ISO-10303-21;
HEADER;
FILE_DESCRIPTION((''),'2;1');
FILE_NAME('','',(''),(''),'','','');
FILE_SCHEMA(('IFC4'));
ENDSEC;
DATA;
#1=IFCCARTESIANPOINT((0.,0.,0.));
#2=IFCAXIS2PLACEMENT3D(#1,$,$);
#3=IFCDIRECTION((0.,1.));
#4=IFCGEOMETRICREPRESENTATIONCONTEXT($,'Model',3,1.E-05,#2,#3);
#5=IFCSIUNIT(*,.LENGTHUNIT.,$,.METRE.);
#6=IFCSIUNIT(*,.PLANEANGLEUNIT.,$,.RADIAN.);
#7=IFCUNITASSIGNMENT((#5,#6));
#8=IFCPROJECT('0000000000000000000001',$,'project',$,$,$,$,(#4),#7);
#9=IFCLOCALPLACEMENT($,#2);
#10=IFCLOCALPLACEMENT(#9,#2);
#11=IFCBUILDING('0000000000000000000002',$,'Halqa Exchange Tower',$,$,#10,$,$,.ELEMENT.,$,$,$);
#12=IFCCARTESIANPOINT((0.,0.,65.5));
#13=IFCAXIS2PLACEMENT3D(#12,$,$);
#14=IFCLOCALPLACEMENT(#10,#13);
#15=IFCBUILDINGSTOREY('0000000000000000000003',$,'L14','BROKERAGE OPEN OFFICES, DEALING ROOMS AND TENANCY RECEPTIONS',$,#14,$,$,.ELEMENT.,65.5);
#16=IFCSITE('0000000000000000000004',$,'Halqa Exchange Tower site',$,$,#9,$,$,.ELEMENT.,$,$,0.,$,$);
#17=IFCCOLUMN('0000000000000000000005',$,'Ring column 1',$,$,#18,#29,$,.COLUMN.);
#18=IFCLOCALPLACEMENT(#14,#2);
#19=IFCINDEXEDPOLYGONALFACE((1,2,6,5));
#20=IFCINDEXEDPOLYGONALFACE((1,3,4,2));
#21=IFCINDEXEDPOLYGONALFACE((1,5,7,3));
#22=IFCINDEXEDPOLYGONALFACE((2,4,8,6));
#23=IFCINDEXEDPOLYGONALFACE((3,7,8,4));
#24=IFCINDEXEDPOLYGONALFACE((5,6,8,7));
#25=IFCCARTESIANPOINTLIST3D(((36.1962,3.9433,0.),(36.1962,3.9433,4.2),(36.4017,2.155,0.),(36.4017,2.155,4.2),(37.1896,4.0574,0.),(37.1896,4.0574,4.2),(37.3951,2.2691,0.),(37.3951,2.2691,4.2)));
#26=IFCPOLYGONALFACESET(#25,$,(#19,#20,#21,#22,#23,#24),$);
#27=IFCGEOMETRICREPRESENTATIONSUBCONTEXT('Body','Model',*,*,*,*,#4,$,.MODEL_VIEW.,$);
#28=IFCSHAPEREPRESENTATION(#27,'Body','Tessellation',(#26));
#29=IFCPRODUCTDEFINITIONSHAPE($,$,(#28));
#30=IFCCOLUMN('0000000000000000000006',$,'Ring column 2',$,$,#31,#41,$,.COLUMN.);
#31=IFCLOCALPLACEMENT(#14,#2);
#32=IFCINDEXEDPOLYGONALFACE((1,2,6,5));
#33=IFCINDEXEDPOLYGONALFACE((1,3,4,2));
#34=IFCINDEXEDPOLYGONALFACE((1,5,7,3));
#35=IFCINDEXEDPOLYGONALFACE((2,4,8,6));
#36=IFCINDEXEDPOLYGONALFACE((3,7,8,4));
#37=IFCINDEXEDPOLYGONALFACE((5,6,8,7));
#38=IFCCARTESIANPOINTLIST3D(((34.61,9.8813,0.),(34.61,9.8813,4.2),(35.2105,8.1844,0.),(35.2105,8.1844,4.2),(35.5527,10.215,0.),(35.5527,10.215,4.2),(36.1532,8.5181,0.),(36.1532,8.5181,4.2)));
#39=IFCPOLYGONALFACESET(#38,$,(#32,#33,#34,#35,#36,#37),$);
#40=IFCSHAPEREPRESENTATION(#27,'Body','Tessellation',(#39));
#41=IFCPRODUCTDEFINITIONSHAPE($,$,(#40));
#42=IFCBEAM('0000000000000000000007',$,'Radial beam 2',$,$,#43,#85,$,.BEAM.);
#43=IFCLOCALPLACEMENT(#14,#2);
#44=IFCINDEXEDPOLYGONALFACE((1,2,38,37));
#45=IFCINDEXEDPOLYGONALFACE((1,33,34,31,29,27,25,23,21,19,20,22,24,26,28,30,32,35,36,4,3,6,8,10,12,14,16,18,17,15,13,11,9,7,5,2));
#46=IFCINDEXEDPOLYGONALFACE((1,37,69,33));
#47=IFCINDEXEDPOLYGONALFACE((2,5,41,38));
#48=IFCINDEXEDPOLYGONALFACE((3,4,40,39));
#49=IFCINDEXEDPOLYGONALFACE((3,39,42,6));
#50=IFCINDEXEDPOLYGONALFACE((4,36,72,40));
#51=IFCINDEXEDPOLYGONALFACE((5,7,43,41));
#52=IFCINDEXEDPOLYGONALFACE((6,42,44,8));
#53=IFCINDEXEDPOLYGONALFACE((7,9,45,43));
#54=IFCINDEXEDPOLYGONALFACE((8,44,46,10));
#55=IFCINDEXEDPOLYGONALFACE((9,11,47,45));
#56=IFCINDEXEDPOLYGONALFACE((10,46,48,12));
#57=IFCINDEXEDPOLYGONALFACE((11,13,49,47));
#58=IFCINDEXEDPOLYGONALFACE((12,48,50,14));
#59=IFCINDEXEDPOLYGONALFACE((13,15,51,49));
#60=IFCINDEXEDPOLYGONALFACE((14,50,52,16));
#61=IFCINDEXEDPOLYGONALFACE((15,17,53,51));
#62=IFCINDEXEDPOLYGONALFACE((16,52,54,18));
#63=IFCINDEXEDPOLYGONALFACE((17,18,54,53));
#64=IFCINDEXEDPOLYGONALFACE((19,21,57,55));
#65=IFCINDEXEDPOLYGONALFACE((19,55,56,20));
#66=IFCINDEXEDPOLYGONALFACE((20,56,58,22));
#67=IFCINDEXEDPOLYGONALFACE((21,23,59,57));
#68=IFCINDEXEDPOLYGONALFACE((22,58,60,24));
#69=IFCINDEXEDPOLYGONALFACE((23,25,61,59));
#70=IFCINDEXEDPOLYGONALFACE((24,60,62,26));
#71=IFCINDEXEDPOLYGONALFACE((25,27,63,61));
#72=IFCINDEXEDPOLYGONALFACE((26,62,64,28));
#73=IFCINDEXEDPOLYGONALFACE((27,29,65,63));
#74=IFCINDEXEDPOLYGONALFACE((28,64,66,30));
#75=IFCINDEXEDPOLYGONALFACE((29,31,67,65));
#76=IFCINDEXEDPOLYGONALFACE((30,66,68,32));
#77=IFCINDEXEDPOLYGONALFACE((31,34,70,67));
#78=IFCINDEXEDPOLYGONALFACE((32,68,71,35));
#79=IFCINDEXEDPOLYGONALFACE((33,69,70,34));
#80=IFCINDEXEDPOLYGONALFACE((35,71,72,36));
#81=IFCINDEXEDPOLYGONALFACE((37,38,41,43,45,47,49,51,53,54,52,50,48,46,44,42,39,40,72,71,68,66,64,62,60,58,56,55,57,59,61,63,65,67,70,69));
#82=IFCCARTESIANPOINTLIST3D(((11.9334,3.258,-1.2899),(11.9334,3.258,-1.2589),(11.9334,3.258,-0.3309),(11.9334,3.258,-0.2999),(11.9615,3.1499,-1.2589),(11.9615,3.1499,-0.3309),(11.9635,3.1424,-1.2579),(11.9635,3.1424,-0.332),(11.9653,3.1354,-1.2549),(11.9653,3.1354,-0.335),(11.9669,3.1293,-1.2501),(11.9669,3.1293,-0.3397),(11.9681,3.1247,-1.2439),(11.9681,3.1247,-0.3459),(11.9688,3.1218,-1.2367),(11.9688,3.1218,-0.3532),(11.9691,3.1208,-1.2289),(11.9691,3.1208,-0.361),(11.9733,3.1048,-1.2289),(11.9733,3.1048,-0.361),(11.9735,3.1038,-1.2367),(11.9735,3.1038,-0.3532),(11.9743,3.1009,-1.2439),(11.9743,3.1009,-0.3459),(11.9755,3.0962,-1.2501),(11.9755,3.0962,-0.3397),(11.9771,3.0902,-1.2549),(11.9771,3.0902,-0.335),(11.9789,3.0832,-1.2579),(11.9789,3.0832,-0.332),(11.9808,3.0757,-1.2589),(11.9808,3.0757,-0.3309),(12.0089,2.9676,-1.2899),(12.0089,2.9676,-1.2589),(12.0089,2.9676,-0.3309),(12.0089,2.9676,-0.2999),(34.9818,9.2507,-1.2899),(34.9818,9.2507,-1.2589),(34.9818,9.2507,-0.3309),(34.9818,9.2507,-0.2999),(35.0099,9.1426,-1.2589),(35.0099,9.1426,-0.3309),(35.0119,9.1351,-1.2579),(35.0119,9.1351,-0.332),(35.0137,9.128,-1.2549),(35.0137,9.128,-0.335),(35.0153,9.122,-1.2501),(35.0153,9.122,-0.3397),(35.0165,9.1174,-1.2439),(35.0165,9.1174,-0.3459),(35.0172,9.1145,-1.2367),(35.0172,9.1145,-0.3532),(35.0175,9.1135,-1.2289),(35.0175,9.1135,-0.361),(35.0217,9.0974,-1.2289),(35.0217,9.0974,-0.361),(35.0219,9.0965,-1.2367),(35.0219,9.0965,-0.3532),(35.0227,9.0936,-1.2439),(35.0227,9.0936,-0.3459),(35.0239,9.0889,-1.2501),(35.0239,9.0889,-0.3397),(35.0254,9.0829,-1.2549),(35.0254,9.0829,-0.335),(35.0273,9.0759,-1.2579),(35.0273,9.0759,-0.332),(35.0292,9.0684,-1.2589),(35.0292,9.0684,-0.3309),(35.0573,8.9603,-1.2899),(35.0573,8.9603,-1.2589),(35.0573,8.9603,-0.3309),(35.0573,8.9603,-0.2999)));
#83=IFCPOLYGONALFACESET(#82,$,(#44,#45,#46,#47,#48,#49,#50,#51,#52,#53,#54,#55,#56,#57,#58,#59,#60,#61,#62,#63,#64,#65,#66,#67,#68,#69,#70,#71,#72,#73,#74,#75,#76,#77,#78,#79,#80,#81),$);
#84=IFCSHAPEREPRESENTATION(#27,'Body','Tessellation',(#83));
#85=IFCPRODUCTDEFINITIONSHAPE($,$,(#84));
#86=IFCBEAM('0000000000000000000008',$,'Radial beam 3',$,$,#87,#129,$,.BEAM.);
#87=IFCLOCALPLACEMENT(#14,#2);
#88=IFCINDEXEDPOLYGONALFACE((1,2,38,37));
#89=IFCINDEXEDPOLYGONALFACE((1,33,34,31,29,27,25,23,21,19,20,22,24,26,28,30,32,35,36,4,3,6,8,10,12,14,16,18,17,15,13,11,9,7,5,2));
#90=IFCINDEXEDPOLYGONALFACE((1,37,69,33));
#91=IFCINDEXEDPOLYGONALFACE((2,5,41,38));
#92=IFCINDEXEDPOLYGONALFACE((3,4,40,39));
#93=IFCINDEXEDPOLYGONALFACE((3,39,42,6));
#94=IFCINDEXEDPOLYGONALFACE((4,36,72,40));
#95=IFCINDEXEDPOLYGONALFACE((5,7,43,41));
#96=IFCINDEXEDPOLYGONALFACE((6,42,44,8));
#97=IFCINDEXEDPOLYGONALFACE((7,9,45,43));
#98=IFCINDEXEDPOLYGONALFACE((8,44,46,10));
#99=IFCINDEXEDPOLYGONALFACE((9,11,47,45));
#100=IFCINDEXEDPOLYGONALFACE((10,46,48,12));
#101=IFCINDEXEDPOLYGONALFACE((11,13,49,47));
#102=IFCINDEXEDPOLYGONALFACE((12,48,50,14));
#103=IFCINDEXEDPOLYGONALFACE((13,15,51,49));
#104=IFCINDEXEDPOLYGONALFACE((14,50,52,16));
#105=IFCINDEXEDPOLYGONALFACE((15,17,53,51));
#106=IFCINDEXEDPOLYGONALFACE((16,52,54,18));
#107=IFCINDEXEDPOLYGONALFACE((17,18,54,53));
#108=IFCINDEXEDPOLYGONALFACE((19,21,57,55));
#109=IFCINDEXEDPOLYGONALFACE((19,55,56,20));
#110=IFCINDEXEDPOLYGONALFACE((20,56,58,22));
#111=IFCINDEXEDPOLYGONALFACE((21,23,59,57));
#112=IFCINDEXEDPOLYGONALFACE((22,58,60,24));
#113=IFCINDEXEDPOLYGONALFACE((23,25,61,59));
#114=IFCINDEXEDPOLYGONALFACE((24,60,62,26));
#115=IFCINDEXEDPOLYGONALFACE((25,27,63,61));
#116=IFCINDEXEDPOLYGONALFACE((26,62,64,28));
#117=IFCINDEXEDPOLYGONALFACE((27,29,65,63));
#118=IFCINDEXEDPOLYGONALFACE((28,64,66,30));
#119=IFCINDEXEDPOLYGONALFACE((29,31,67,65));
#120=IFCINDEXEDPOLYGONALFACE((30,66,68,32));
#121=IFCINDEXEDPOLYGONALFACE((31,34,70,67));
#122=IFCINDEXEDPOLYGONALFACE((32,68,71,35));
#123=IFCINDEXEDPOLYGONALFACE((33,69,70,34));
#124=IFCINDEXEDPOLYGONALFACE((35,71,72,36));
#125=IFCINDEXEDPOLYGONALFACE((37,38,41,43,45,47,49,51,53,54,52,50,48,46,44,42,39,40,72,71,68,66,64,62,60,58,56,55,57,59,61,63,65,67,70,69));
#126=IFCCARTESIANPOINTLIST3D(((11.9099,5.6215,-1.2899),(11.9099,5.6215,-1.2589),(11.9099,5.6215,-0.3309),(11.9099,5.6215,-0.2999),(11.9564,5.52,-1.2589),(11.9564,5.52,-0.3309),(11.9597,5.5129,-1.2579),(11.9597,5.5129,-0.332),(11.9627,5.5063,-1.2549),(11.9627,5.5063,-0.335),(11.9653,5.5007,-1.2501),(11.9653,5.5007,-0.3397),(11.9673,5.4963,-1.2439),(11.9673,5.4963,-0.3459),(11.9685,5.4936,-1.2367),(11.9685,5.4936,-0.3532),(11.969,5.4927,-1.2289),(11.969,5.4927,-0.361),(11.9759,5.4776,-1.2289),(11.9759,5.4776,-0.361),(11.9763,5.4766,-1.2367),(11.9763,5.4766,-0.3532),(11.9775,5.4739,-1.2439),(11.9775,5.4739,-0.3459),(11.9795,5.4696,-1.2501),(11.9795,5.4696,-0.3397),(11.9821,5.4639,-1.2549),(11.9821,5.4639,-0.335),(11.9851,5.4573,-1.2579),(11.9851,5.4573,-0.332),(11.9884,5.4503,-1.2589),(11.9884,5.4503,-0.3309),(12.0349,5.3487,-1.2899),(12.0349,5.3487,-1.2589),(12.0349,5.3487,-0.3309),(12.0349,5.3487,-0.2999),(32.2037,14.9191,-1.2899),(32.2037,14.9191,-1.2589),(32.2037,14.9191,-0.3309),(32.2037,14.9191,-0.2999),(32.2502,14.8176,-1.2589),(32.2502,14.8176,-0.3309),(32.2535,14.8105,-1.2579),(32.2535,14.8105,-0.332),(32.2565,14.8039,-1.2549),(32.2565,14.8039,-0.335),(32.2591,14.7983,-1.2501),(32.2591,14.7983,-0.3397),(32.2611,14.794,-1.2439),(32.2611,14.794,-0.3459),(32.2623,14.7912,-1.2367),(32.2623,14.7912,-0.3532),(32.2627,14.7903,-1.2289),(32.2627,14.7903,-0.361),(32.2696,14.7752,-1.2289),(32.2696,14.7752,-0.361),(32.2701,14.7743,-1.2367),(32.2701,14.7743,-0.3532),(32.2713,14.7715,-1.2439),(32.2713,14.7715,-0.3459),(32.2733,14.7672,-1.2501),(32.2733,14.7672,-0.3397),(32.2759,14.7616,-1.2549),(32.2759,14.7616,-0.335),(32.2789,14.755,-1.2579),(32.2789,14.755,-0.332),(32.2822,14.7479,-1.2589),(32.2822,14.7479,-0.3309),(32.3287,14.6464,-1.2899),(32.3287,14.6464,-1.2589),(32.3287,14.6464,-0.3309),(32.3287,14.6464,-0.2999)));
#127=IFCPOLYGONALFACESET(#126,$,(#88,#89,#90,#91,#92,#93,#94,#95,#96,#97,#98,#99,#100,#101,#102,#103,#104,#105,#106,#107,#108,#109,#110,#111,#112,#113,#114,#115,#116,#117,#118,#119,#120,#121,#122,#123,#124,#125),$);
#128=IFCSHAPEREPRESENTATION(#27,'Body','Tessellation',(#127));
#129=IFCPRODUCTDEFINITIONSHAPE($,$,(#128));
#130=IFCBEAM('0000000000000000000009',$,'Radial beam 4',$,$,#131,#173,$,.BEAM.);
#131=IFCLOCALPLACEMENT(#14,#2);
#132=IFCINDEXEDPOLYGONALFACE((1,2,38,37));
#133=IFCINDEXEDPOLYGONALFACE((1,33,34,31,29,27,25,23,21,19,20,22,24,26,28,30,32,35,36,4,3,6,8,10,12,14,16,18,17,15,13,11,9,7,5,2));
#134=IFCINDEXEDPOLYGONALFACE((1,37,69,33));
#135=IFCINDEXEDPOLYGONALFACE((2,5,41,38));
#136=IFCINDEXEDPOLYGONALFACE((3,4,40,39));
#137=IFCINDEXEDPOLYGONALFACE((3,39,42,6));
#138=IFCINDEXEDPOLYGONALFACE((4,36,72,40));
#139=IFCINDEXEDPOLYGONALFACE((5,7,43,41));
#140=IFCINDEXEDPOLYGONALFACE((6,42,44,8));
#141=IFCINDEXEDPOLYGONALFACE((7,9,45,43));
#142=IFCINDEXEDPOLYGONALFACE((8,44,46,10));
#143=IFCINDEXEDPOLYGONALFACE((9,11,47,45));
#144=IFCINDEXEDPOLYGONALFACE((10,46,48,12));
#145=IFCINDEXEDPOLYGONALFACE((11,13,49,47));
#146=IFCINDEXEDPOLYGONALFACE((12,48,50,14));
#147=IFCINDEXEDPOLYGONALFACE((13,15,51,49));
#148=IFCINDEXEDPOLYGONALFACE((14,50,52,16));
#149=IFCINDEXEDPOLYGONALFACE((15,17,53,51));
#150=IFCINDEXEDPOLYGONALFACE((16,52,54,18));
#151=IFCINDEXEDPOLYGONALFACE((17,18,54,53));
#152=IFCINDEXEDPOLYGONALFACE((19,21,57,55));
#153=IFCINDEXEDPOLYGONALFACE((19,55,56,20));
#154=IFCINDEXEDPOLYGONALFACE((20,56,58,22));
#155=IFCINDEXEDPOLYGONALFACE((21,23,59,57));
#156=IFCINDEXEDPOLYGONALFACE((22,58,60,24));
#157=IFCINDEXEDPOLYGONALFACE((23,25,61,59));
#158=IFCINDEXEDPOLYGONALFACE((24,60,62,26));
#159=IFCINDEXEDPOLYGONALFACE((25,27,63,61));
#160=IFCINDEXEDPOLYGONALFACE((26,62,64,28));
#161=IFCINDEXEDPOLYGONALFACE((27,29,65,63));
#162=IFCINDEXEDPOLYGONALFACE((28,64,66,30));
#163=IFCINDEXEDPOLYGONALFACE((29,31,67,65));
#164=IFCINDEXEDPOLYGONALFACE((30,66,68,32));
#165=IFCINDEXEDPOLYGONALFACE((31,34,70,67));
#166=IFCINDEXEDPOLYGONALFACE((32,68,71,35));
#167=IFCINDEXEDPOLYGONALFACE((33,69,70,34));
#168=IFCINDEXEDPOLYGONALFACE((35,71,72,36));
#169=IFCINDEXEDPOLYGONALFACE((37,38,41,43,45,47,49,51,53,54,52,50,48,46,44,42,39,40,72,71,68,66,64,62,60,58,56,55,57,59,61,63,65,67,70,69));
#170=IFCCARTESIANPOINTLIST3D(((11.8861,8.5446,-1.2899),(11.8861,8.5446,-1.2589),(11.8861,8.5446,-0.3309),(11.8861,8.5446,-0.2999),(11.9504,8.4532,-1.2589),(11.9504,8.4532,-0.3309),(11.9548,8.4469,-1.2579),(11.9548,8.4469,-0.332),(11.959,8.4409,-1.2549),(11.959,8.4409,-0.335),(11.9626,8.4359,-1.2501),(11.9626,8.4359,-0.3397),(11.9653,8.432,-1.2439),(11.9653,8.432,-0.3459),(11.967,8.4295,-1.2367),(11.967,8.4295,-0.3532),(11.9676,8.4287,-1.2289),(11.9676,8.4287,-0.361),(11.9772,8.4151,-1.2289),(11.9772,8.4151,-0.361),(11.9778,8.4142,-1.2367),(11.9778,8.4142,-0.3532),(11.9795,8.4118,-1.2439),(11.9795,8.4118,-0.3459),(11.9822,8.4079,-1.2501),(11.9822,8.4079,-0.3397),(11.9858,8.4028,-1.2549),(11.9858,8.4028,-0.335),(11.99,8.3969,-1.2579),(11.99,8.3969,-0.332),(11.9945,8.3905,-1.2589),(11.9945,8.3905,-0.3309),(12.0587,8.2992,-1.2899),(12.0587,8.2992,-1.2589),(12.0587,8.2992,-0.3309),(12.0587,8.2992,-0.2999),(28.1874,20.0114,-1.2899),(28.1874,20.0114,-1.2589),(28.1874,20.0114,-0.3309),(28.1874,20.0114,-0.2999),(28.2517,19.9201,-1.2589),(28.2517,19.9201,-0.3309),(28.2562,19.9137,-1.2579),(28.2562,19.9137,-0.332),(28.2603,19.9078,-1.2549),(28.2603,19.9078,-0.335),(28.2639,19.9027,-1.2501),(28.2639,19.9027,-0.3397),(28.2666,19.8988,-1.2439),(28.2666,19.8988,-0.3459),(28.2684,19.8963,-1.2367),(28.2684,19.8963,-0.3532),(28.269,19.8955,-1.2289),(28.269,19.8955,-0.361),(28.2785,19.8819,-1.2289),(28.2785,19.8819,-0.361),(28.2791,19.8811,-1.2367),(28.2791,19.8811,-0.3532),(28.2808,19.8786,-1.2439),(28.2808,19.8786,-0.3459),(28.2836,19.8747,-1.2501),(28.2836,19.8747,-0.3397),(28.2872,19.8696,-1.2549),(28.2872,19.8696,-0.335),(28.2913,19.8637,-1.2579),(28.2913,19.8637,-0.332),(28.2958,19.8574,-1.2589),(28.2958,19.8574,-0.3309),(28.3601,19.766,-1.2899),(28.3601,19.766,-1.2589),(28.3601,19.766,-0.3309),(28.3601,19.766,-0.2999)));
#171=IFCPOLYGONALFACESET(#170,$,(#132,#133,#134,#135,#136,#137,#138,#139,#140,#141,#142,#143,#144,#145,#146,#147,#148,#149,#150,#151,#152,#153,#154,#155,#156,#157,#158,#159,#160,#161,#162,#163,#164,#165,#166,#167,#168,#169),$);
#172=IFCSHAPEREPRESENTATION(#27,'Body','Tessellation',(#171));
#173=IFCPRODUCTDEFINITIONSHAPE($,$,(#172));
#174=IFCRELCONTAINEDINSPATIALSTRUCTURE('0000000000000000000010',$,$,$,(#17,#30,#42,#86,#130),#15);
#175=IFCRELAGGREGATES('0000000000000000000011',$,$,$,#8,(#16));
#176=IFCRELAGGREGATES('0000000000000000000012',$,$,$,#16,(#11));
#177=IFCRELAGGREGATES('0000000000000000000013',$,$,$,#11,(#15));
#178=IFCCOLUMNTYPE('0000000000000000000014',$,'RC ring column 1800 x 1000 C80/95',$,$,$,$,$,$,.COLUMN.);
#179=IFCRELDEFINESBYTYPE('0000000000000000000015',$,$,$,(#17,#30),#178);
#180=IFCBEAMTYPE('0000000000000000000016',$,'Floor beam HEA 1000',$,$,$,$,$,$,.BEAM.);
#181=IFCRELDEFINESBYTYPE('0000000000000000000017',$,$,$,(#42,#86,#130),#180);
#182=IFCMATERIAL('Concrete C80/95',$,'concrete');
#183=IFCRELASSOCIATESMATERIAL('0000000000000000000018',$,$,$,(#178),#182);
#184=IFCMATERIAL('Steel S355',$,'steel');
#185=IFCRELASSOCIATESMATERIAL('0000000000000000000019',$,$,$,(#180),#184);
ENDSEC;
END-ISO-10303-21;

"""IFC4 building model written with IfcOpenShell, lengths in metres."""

from ifc_helpers import new_model, si_unit, direction, frame, origin, origin_2d, place, context, subcontext, project, spatial, rectangle, i_section, extrude, material, material_profile, profile_set, type_object, element, save


model = new_model("IFC4")

# Units and contexts
model_context = context("Model", 3, precision=1e-05, world=origin(), true_north=direction((0.0, 1.0)))
body_context = subcontext(model_context, "Body", "Model", "MODEL_VIEW")
ifc_project = project(units=[si_unit("LENGTHUNIT", "METRE"), si_unit("PLANEANGLEUNIT", "RADIAN")], contexts=[model_context])

# Site, building, storey
site_placement = place(None, origin())
site = spatial("IfcSite", under=ifc_project, at=site_placement, Name="Halqa Exchange Tower site", CompositionType="ELEMENT", RefElevation=0.0)
building_placement = place(site_placement, origin())
building = spatial("IfcBuilding", under=site, at=building_placement, Name="Halqa Exchange Tower", CompositionType="ELEMENT")
storey_placement = place(building_placement, frame((0.0, 0.0, 65.5)))
storey = spatial("IfcBuildingStorey", under=building, at=storey_placement, Name="L14", Description="BROKERAGE OPEN OFFICES, DEALING ROOMS AND TENANCY RECEPTIONS", CompositionType="ELEMENT", Elevation=65.5)

# Columns
ifc_material_1 = material(Name="Concrete C80/95", Category="concrete")
ifc_material_profile_1 = material_profile(ifc_material_1, rectangle(XDim=1.8, YDim=1.0, at=origin_2d()), Name="1800 x 1000")
ifc_profile_set_1 = profile_set([ifc_material_profile_1], Name="Concrete C80/95")
column_type = type_object("IfcColumnType", Name="RC ring column 1800 x 1000 C80/95", PredefinedType="COLUMN", material=ifc_profile_set_1)
for number, where, z_axis, x_axis, name in (
    (1, (36.7957, 3.1062, 0.0), (0.0, 0.0, 1.0), (-0.11416, 0.993462, 0.0), "Ring column 1"),
    (2, (35.3816, 9.1997, 0.0), (0.0, 0.0, 1.0), (-0.333629, 0.942704, 0.0), "Ring column 2"),
):
    element("IfcColumn", number, at=place(storey_placement, frame(where, z_axis=z_axis, x_axis=x_axis)), inside=storey, type_object=column_type, Name=name, PredefinedType="COLUMN", context=body_context, shape_type="SweptSolid", body=[
        extrude(rectangle(XDim=1.8, YDim=1.0, at=origin_2d()), origin(), (0.0, 0.0, 1.0), 4.2),
    ])

# Beams
ifc_material_2 = material(Name="Steel S355", Category="steel")
ifc_material_profile_2 = material_profile(ifc_material_2, i_section(OverallWidth=0.3, OverallDepth=0.99, WebThickness=0.0166, FlangeThickness=0.031, FilletRadius=0.03, at=origin_2d()), Name="HEA 1000")
ifc_profile_set_2 = profile_set([ifc_material_profile_2], Name="Steel S355")
beam_type_1 = type_object("IfcBeamType", Name="Floor beam HEA 1000", PredefinedType="BEAM", material=ifc_profile_set_2)
beam_1_placement = place(storey_placement, frame((11.9712, 3.1128, -0.7949), z_axis=(0.967821, 0.251638, 0.0), x_axis=(-0.251638, 0.967821, 0.0)))
element("IfcBeam", 3, at=beam_1_placement, inside=storey, type_object=beam_type_1, Name="Radial beam 2", PredefinedType="BEAM", context=body_context, shape_type="SweptSolid", body=[
    extrude(i_section(OverallWidth=0.3, OverallDepth=0.99, WebThickness=0.0166, FlangeThickness=0.031, FilletRadius=0.03, at=origin_2d()), origin(), (0.0, 0.0, 1.0), 23.8147),
])
beam_2_placement = place(storey_placement, frame((11.9724, 5.4851, -0.7949), z_axis=(0.909127, 0.416519, 0.0), x_axis=(-0.416519, 0.909127, 0.0)))
element("IfcBeam", 4, at=beam_2_placement, inside=storey, type_object=beam_type_1, Name="Radial beam 3", PredefinedType="BEAM", context=body_context, shape_type="SweptSolid", body=[
    extrude(i_section(OverallWidth=0.3, OverallDepth=0.99, WebThickness=0.0166, FlangeThickness=0.031, FilletRadius=0.03, at=origin_2d()), origin(), (0.0, 0.0, 1.0), 22.3223),
])
beam_3_placement = place(storey_placement, frame((11.9724, 8.4219, -0.7949), z_axis=(0.817912, 0.575344, 0.0), x_axis=(-0.575344, 0.817912, 0.0)))
element("IfcBeam", 5, at=beam_3_placement, inside=storey, type_object=beam_type_1, Name="Radial beam 4", PredefinedType="BEAM", context=body_context, shape_type="SweptSolid", body=[
    extrude(i_section(OverallWidth=0.3, OverallDepth=0.99, WebThickness=0.0166, FlangeThickness=0.031, FilletRadius=0.03, at=origin_2d()), origin(), (0.0, 0.0, 1.0), 19.9304),
])

save(model, "model.ifc")
